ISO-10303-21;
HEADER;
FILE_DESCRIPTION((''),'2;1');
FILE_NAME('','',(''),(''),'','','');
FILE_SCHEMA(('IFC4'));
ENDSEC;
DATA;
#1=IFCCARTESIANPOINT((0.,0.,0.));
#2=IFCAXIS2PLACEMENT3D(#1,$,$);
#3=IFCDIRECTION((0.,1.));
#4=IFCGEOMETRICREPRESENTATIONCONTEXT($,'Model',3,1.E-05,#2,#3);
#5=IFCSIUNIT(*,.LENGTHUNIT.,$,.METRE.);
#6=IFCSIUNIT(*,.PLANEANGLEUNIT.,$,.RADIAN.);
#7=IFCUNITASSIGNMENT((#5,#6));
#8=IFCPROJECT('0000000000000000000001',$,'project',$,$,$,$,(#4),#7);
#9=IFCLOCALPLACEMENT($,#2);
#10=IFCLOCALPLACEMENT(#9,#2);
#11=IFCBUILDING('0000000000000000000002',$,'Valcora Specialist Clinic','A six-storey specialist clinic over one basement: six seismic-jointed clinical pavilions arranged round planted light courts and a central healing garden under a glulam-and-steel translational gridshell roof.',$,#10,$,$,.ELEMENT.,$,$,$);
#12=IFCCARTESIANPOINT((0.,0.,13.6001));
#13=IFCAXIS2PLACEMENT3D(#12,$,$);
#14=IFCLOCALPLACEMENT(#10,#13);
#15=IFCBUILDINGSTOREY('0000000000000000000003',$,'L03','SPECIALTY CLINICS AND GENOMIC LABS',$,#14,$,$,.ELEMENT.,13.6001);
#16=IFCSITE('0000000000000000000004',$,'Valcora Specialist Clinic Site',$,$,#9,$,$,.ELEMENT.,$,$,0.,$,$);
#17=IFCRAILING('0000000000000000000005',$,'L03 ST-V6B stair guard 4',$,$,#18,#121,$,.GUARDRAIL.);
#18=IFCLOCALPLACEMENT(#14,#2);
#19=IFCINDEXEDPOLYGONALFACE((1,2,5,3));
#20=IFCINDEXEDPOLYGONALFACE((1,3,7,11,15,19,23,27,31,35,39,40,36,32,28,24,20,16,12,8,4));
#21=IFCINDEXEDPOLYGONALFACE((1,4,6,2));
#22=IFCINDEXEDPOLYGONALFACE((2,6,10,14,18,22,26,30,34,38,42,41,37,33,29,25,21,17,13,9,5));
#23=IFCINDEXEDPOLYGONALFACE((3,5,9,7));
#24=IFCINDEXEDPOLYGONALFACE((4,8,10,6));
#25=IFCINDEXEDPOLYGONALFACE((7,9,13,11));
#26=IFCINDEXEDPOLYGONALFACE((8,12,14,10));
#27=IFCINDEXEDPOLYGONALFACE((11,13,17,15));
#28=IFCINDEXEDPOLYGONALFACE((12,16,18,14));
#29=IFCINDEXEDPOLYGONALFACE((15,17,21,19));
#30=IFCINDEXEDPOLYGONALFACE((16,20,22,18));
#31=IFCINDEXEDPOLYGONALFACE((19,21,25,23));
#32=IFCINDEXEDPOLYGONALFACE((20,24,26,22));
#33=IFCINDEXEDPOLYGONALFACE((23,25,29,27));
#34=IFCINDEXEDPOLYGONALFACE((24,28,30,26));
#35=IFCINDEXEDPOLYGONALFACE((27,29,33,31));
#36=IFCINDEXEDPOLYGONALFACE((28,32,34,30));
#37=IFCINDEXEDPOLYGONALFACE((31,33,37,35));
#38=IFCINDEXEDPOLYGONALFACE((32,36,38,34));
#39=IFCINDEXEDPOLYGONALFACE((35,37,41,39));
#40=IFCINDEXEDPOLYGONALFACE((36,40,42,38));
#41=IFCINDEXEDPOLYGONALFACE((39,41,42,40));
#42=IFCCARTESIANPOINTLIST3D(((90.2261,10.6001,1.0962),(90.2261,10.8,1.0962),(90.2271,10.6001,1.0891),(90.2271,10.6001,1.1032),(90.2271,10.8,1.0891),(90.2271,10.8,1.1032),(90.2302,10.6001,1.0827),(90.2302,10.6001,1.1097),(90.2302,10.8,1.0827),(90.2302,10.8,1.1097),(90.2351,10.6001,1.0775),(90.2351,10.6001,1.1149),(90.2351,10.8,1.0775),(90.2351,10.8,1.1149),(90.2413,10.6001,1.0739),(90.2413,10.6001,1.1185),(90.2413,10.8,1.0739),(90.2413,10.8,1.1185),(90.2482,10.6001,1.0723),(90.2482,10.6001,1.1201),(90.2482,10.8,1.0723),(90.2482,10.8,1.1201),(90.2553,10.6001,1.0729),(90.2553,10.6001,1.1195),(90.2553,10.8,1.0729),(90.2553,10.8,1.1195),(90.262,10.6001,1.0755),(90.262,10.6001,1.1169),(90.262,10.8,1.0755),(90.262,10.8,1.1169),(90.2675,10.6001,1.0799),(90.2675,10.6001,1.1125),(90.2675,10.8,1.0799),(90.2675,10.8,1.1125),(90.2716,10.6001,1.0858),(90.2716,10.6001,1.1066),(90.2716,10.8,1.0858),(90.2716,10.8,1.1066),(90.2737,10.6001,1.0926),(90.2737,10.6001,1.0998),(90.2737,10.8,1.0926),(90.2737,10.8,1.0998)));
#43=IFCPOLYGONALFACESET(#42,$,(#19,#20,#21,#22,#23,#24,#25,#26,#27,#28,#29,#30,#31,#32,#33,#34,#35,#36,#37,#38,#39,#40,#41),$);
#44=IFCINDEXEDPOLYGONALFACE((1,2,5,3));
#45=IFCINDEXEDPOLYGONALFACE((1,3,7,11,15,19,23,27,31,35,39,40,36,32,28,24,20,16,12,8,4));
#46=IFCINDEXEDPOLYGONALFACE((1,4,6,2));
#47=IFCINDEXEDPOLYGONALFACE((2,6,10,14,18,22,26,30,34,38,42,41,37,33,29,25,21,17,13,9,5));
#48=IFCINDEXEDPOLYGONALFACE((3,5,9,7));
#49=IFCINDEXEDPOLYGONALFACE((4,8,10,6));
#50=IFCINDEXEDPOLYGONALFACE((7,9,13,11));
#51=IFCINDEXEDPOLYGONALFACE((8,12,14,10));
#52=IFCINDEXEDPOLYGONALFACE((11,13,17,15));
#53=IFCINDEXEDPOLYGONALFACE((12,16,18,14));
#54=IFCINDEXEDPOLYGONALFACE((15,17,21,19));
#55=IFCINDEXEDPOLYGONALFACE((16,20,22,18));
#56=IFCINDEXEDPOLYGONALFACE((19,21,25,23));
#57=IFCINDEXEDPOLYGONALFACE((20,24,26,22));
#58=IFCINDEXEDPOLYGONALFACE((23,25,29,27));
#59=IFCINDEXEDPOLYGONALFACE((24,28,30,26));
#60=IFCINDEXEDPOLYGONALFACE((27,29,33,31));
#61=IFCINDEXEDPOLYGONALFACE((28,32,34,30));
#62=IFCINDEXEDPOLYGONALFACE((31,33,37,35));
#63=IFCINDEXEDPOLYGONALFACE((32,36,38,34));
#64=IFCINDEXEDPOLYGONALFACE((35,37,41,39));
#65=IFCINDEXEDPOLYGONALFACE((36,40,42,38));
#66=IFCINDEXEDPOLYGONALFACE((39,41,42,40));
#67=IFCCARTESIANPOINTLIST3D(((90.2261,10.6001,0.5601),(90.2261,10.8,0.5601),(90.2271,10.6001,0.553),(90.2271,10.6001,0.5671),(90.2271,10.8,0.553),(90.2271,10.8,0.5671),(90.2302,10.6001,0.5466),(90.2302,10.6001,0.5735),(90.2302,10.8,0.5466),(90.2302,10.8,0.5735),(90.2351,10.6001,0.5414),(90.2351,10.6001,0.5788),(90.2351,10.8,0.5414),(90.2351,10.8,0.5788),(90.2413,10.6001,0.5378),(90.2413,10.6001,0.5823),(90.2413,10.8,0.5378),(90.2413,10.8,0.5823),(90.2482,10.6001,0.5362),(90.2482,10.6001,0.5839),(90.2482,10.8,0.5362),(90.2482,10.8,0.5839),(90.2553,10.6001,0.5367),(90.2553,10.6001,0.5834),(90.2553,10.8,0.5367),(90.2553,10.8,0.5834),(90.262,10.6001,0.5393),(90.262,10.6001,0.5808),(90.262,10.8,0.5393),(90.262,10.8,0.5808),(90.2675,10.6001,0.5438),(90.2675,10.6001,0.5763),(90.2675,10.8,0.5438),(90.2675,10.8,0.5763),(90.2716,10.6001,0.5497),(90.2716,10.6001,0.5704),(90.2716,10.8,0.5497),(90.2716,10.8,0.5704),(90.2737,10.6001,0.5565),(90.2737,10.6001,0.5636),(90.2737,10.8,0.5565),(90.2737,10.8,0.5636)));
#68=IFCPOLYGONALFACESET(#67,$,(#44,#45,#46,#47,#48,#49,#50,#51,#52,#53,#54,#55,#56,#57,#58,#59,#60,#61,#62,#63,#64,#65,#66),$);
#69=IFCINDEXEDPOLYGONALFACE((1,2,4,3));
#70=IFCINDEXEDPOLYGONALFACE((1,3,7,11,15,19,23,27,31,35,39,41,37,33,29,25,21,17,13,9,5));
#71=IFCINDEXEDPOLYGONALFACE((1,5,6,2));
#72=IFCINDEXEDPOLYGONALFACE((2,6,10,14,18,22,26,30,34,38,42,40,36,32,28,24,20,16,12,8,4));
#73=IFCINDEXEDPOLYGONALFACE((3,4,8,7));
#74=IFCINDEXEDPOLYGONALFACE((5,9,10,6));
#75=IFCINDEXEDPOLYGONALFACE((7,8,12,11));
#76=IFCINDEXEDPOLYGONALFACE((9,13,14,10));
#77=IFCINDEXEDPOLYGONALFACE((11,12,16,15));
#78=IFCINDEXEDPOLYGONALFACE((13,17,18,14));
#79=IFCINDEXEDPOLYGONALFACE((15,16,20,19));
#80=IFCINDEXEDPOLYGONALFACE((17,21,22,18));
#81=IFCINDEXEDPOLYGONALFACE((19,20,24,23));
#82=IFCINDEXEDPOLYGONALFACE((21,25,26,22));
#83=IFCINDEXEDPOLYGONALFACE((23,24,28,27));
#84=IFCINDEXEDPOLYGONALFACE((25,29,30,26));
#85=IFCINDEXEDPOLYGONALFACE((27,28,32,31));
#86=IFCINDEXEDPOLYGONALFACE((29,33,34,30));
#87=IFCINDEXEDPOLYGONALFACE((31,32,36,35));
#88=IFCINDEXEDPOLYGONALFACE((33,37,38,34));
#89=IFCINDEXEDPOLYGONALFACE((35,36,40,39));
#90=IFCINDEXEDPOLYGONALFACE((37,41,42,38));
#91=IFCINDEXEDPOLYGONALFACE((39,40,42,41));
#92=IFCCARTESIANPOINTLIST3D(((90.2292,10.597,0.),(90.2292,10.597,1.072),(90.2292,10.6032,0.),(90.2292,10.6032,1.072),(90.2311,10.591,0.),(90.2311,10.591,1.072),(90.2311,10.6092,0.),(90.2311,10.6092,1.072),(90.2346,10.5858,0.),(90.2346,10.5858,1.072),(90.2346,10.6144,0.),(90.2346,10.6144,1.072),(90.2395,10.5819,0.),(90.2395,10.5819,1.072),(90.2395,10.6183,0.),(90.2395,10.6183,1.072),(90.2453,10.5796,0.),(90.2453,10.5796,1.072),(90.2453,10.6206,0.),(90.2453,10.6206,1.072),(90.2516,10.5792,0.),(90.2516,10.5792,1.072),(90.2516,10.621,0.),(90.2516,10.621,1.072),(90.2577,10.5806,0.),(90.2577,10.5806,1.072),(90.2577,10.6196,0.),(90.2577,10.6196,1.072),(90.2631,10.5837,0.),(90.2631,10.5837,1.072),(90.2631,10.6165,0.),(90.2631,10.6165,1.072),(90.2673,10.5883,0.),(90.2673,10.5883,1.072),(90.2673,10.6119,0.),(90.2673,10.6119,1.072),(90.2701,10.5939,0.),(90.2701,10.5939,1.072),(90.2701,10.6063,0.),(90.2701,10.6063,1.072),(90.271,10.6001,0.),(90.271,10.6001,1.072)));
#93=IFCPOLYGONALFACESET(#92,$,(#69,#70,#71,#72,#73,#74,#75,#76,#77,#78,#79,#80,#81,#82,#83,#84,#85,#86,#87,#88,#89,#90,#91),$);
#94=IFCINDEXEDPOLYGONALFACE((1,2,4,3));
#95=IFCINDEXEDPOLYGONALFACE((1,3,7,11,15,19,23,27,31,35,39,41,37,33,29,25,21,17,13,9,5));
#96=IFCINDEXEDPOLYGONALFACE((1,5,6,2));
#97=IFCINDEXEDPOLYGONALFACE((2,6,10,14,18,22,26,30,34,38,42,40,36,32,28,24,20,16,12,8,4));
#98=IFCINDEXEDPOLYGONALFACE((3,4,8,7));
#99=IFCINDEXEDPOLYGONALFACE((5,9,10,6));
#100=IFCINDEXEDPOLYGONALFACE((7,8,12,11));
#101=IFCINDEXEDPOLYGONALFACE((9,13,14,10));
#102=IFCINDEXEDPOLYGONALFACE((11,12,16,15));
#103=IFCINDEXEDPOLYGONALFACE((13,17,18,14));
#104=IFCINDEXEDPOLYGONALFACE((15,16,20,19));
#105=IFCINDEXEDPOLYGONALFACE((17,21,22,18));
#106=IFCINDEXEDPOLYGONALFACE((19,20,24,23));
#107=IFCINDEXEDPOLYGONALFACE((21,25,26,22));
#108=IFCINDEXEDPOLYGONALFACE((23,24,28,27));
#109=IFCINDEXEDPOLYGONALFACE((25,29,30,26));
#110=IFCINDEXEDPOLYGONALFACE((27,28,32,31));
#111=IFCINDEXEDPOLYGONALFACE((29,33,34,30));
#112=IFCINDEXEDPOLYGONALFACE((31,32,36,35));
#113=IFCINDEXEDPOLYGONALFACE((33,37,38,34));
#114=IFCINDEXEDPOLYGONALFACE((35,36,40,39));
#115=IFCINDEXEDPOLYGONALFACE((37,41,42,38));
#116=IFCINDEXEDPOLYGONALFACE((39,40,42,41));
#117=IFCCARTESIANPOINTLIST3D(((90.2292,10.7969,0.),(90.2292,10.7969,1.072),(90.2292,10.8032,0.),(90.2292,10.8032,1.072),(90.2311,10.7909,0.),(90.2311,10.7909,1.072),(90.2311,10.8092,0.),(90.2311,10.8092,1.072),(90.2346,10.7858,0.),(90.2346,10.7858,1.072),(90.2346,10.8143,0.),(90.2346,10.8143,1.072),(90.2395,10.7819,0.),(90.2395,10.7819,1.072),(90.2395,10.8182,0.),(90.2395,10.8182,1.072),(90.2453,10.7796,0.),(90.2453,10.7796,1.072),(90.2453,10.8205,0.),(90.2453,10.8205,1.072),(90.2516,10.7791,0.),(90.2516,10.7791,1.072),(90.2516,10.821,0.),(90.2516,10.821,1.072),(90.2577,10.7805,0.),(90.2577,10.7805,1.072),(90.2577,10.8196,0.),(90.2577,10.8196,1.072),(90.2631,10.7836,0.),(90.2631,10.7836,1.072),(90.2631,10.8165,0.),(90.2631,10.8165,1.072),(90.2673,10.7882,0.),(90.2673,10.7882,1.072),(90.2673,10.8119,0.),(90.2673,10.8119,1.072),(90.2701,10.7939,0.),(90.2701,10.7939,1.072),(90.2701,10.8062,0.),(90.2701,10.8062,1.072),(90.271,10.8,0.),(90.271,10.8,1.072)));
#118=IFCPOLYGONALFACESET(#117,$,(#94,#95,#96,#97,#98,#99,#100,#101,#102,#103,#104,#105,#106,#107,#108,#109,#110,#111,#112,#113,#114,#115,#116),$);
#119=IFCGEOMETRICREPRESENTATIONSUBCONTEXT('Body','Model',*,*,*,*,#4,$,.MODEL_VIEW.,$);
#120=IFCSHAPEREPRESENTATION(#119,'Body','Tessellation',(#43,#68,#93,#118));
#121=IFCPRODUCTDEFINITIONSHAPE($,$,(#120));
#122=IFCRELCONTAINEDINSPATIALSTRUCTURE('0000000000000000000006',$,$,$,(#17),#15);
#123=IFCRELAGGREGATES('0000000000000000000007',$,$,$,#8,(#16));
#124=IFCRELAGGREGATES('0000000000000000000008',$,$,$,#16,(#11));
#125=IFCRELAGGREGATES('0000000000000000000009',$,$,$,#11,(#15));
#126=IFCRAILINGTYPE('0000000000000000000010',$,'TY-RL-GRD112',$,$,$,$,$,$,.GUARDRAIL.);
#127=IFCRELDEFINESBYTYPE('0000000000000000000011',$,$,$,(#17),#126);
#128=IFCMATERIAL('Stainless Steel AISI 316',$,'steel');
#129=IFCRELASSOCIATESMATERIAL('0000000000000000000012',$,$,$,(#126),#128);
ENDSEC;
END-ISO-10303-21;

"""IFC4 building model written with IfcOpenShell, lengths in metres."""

from ifc_helpers import new_model, si_unit, direction, frame, origin, origin_2d, place, context, subcontext, project, spatial, circle, extrude, material, type_object, element, save


model = new_model("IFC4")

# Units and contexts
model_context = context("Model", 3, precision=1e-05, world=origin(), true_north=direction((0.0, 1.0)))
body_context = subcontext(model_context, "Body", "Model", "MODEL_VIEW")
ifc_project = project(units=[si_unit("LENGTHUNIT", "METRE"), si_unit("PLANEANGLEUNIT", "RADIAN")], contexts=[model_context])

# Site, building, storey
site_placement = place(None, origin())
site = spatial("IfcSite", under=ifc_project, at=site_placement, Name="Valcora Specialist Clinic Site", CompositionType="ELEMENT", RefElevation=0.0)
building_placement = place(site_placement, origin())
building = spatial("IfcBuilding", under=site, at=building_placement, Name="Valcora Specialist Clinic", Description="A six-storey specialist clinic over one basement: six seismic-jointed clinical pavilions arranged round planted light courts and a central healing garden under a glulam-and-steel translational gridshell roof.", CompositionType="ELEMENT")
storey_placement = place(building_placement, frame((0.0, 0.0, 13.6001)))
storey = spatial("IfcBuildingStorey", under=building, at=storey_placement, Name="L03", Description="SPECIALTY CLINICS AND GENOMIC LABS", CompositionType="ELEMENT", Elevation=13.6001)

# Railing
ifc_material_1 = material(Name="Stainless Steel AISI 316", Category="steel")
railing_type_1 = type_object("IfcRailingType", Name="TY-RL-GRD112", PredefinedType="GUARDRAIL", material=ifc_material_1)
railing_1_placement = place(storey_placement, frame((90.25, 10.6001, 0.0)))
element("IfcRailing", 1, at=railing_1_placement, inside=storey, type_object=railing_type_1, Name="L03 ST-V6B stair guard 4", PredefinedType="GUARDRAIL", context=body_context, shape_type="SweptSolid", body=[
    extrude(circle(Radius=0.0239, at=origin_2d()), frame((0.0, 0.0, 1.0962), z_axis=(0.0, 1.0, 0.0), x_axis=(-1.0, 0.0, 0.0)), (0.0, 0.0, 1.0), 0.2),
    extrude(circle(Radius=0.0239, at=origin_2d()), frame((0.0, 0.0, 0.5601), z_axis=(0.0, 1.0, 0.0), x_axis=(-1.0, 0.0, 0.0)), (0.0, 0.0, 1.0), 0.2),
    extrude(circle(Radius=0.021, at=origin_2d()), origin(), (0.0, 0.0, 1.0), 1.072),
    extrude(circle(Radius=0.021, at=origin_2d()), frame((0.0, 0.2, 0.0)), (0.0, 0.0, 1.0), 1.072),
])

save(model, "model.ifc")
